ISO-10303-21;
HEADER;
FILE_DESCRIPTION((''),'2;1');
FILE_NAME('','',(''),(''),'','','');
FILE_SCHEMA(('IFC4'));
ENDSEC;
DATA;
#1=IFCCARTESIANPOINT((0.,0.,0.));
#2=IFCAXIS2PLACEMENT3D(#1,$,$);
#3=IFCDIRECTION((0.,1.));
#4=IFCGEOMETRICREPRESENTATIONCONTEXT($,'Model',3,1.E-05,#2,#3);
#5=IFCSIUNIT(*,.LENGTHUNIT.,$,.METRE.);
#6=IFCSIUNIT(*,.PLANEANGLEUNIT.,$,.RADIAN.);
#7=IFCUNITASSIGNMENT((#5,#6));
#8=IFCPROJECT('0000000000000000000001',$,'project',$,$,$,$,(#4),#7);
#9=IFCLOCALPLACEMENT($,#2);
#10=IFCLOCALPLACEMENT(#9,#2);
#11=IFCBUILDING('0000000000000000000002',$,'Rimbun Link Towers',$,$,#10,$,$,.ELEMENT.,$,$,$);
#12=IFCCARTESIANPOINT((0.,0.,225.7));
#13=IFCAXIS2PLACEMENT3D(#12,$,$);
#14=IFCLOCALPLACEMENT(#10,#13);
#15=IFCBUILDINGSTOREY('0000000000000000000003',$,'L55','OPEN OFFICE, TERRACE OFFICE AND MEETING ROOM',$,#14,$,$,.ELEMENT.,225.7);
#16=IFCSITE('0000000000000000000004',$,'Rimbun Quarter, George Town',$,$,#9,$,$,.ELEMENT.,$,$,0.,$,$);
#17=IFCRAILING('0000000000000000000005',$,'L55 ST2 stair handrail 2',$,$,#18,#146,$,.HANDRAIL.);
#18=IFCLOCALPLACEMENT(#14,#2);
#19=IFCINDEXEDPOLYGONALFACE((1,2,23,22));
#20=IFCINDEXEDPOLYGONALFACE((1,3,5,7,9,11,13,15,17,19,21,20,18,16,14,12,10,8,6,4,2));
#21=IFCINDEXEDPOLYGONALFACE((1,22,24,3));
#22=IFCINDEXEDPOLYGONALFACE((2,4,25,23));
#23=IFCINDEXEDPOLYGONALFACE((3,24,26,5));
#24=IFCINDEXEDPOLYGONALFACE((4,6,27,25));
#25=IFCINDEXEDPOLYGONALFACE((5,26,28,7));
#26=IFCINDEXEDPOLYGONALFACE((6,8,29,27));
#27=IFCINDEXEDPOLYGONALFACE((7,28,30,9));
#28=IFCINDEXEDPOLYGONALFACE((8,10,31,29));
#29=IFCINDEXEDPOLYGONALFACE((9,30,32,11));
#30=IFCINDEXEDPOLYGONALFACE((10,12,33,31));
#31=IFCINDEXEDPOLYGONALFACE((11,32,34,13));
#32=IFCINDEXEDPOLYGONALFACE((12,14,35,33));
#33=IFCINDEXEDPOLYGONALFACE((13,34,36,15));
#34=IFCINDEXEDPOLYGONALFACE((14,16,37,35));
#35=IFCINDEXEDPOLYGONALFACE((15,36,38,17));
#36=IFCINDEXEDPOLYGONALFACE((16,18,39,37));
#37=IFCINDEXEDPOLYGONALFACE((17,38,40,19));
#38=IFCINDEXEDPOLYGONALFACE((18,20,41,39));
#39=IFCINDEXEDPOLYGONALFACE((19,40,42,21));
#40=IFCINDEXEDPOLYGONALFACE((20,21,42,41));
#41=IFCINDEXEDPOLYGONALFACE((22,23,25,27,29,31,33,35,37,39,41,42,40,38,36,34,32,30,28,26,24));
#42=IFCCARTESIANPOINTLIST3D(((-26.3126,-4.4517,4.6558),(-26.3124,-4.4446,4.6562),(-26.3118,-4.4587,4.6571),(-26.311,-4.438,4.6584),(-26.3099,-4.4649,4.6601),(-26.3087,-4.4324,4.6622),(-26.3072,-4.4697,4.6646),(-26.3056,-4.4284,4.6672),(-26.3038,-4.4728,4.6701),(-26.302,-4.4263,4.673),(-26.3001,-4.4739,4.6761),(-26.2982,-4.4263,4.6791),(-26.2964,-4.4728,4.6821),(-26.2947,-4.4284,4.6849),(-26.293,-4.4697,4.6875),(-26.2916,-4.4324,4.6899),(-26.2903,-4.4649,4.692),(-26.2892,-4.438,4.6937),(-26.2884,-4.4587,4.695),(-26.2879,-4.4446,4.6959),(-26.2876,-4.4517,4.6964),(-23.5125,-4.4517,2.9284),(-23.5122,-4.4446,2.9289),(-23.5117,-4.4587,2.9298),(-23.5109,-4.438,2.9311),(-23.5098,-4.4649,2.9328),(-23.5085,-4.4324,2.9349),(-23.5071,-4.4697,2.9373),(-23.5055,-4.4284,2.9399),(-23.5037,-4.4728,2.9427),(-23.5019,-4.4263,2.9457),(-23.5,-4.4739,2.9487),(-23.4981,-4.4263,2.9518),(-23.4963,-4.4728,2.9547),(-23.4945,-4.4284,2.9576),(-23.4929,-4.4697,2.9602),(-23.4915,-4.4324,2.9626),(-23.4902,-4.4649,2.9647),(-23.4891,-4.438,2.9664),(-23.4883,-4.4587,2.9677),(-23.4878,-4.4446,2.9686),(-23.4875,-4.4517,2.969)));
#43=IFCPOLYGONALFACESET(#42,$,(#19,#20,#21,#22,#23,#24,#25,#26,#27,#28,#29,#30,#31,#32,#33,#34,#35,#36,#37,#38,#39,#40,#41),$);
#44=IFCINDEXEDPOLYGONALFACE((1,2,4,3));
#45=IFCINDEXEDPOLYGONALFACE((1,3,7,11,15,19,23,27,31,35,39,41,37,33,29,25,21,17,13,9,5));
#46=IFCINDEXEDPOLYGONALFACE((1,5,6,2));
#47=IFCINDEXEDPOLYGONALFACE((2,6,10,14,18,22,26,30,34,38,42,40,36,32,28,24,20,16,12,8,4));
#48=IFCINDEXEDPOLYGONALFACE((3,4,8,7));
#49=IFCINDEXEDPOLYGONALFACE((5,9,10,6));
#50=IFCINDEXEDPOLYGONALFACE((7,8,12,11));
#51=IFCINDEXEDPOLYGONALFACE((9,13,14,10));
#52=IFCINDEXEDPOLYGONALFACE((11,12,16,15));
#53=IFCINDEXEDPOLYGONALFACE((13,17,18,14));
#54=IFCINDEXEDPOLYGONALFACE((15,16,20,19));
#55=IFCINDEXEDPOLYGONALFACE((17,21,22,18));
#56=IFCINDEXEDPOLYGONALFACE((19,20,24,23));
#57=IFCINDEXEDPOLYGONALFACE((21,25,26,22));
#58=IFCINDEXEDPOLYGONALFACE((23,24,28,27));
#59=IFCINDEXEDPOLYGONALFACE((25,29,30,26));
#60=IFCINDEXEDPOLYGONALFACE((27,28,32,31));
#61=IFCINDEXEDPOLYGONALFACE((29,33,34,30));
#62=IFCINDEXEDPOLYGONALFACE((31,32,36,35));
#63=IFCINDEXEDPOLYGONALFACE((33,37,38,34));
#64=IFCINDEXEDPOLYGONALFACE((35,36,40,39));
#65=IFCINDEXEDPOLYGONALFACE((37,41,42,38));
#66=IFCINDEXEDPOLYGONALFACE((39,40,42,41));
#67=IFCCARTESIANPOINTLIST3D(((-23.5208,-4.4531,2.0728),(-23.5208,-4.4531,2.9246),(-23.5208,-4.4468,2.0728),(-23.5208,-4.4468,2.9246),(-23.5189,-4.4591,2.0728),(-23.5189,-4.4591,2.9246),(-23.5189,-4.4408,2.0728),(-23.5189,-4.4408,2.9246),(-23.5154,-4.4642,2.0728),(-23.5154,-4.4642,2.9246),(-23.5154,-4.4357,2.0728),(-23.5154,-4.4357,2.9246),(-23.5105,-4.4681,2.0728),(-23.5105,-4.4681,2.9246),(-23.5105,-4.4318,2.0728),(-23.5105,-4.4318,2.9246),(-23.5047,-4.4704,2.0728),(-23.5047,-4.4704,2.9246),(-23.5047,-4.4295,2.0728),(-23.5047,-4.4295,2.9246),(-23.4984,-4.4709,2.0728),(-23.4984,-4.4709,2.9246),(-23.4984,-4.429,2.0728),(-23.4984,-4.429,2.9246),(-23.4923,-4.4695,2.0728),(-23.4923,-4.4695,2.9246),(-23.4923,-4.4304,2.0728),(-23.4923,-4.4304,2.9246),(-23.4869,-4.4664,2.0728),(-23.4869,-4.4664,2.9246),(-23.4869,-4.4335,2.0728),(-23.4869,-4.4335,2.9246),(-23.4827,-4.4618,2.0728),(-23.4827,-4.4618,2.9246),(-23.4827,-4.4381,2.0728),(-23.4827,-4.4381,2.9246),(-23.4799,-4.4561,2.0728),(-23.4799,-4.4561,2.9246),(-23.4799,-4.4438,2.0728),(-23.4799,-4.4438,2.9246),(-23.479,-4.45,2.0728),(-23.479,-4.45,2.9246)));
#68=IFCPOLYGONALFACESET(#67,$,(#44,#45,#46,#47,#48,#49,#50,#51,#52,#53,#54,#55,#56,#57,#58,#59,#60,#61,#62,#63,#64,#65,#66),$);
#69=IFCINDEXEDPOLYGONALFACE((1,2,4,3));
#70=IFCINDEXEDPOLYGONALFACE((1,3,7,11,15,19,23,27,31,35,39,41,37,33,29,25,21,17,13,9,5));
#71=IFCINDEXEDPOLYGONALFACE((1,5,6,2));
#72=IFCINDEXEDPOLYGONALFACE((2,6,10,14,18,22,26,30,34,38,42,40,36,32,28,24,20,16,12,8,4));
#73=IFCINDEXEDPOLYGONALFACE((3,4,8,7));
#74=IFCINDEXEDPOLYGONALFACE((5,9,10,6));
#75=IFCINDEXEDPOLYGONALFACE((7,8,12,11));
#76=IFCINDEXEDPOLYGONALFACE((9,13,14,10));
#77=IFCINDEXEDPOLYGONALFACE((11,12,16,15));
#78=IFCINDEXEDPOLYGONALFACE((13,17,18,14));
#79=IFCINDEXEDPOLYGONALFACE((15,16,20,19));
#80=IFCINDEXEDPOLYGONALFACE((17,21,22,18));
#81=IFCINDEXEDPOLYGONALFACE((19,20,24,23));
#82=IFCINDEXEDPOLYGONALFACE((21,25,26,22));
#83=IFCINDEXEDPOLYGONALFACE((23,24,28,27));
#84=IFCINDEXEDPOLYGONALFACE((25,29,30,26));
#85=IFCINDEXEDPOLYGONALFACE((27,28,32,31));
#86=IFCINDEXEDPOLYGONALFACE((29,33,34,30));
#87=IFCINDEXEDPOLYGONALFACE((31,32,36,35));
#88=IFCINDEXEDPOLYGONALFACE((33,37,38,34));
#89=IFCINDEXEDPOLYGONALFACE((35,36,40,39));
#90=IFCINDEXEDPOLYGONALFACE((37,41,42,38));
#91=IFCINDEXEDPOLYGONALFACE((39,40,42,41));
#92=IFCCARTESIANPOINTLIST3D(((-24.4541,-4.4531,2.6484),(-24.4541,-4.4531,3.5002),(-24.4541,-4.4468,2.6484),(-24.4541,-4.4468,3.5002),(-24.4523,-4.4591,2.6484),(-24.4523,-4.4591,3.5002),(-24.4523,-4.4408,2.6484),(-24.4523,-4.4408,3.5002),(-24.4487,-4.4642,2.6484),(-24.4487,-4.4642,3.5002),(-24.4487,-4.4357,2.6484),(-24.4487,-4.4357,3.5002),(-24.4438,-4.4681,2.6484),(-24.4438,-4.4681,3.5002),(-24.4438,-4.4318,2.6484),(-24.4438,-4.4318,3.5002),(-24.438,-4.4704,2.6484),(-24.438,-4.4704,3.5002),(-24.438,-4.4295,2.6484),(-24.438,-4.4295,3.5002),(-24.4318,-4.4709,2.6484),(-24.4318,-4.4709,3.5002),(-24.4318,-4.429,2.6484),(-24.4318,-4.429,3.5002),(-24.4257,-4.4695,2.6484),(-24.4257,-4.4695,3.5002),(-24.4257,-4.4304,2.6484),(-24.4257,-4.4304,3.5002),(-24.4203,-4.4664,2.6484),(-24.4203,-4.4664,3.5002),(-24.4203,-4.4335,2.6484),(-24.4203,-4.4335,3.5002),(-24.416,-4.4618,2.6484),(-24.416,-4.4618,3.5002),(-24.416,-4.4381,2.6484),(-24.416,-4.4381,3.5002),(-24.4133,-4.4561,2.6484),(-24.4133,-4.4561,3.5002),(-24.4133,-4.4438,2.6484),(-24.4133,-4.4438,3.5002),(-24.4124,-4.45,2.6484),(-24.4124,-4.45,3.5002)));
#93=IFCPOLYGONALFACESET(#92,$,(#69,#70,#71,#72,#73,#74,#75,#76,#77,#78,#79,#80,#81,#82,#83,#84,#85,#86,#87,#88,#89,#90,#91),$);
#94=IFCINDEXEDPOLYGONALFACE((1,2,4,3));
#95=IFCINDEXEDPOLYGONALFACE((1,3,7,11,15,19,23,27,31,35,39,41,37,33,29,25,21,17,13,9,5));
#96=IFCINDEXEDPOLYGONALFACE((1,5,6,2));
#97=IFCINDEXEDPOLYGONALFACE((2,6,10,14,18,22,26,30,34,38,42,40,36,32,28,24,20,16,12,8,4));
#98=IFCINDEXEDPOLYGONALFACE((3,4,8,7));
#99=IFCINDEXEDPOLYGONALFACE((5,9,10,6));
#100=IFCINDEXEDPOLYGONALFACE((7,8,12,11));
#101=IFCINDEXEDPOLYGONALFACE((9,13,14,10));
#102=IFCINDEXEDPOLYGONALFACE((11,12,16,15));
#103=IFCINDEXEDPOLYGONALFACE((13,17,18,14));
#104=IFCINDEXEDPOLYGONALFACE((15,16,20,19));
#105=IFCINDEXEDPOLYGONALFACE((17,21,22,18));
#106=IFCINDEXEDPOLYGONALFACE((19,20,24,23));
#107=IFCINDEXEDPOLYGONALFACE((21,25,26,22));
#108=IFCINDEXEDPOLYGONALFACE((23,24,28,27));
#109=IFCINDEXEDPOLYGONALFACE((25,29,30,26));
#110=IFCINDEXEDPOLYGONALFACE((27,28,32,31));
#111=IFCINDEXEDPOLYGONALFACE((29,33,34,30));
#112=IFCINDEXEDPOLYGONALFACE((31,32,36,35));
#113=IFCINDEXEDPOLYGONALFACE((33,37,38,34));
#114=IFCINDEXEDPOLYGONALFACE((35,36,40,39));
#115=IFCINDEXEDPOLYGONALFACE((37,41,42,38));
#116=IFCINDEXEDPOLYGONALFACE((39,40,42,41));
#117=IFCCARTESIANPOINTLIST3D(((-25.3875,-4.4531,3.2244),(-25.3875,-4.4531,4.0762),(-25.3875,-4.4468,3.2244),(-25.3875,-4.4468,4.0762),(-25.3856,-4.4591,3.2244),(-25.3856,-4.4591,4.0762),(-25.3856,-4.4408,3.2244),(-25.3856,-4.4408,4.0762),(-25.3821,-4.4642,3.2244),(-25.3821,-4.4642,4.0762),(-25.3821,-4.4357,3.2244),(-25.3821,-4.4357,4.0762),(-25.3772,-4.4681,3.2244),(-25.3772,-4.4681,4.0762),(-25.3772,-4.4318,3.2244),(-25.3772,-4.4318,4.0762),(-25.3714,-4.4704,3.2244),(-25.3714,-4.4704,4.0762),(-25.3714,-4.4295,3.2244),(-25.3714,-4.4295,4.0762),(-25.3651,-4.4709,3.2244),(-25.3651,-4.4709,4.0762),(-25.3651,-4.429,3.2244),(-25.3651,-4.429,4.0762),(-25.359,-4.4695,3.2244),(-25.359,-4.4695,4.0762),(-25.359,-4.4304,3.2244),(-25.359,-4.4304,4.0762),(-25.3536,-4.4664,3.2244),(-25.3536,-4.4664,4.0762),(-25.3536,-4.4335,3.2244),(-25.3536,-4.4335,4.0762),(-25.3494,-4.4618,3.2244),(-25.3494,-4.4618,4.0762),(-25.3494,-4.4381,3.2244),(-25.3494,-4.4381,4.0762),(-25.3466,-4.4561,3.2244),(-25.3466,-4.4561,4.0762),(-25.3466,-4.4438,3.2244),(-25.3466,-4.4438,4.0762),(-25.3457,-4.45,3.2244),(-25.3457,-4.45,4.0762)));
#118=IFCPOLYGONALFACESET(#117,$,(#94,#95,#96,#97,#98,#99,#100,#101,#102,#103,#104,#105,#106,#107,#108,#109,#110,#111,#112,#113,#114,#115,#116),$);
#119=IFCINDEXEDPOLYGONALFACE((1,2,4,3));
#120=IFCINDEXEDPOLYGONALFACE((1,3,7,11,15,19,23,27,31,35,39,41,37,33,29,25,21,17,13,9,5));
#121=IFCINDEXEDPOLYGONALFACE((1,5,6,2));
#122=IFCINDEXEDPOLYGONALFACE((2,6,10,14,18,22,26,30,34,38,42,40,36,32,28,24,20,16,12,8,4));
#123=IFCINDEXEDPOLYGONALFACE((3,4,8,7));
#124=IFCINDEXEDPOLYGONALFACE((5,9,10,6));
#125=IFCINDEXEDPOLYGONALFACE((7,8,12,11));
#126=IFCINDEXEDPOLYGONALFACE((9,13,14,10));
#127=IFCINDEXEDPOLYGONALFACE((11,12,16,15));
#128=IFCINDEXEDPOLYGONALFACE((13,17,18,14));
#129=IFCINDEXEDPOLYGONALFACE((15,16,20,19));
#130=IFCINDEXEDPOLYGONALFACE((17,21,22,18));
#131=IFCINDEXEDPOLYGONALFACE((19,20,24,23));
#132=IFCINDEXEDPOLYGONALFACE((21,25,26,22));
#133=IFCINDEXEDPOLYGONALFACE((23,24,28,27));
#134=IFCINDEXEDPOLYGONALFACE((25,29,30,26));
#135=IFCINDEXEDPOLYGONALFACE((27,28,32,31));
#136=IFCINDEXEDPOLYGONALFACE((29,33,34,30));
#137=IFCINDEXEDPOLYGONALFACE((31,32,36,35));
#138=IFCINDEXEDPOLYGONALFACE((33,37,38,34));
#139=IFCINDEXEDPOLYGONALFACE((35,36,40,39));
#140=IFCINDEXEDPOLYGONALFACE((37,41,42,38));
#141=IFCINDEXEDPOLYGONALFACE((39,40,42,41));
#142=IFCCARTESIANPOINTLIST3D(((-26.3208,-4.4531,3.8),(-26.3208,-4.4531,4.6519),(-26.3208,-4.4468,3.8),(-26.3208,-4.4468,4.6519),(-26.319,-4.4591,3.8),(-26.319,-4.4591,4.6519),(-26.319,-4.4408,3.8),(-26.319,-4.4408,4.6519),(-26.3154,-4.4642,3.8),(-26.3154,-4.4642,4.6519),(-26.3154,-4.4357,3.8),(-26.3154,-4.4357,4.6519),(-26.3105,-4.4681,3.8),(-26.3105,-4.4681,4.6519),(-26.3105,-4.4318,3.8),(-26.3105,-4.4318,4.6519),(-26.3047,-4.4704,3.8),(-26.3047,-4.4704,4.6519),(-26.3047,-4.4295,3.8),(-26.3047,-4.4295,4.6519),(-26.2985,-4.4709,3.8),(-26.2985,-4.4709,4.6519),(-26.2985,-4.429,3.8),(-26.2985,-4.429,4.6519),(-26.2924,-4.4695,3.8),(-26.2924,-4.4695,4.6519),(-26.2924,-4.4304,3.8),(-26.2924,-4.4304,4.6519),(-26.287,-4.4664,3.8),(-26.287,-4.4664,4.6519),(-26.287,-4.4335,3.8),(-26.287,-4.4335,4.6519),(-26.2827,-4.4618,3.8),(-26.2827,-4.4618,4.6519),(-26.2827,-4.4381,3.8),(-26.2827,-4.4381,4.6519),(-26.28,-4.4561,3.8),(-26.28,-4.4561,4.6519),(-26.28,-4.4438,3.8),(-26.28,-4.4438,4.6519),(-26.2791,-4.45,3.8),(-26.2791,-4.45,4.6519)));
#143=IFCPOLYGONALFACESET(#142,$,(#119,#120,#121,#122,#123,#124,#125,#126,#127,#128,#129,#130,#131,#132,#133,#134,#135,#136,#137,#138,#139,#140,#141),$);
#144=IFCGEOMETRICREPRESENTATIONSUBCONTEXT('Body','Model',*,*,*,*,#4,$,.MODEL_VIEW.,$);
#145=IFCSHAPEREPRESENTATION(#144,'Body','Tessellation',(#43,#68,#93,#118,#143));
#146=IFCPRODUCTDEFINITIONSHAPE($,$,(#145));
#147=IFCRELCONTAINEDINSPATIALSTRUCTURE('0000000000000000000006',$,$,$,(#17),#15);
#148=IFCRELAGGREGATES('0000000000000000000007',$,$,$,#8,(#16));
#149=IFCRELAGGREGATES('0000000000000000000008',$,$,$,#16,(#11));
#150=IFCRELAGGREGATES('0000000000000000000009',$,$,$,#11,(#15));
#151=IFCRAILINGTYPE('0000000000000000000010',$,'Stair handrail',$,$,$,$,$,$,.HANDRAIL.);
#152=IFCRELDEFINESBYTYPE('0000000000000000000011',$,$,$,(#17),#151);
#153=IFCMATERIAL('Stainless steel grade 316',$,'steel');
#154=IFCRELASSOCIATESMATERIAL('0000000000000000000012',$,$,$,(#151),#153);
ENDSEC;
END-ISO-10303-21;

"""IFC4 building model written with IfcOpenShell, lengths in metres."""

from ifc_helpers import new_model, si_unit, direction, frame, origin, origin_2d, place, context, subcontext, project, spatial, circle, extrude, material, type_object, element, save


model = new_model("IFC4")

# Units and contexts
model_context = context("Model", 3, precision=1e-05, world=origin(), true_north=direction((0.0, 1.0)))
body_context = subcontext(model_context, "Body", "Model", "MODEL_VIEW")
ifc_project = project(units=[si_unit("LENGTHUNIT", "METRE"), si_unit("PLANEANGLEUNIT", "RADIAN")], contexts=[model_context])

# Site, building, storey
site_placement = place(None, origin())
site = spatial("IfcSite", under=ifc_project, at=site_placement, Name="Rimbun Quarter, George Town", CompositionType="ELEMENT", RefElevation=0.0)
building_placement = place(site_placement, origin())
building = spatial("IfcBuilding", under=site, at=building_placement, Name="Rimbun Link Towers", CompositionType="ELEMENT")
storey_placement = place(building_placement, frame((0.0, 0.0, 225.7)))
storey = spatial("IfcBuildingStorey", under=building, at=storey_placement, Name="L55", Description="OPEN OFFICE, TERRACE OFFICE AND MEETING ROOM", CompositionType="ELEMENT", Elevation=225.7)

# Railing
ifc_material_1 = material(Name="Stainless steel grade 316", Category="steel")
railing_type_1 = type_object("IfcRailingType", Name="Stair handrail", PredefinedType="HANDRAIL", material=ifc_material_1)
railing_1_placement = place(storey_placement, frame((-23.5, -4.45, 2.0728)))
element("IfcRailing", 1, at=railing_1_placement, inside=storey, type_object=railing_type_1, Name="L55 ST2 stair handrail 2", PredefinedType="HANDRAIL", context=body_context, shape_type="SweptSolid", body=[
    extrude(circle(Radius=0.0239, at=origin_2d()), frame((0.0, 0.0, 0.876), z_axis=(-0.85109, 0.0, 0.52502), x_axis=(0.0, -1.0, 0.0)), (0.0, 0.0, 1.0), 3.29),
    extrude(circle(Radius=0.021, at=origin_2d()), origin(), (0.0, 0.0, 1.0), 0.8518),
    extrude(circle(Radius=0.021, at=origin_2d()), frame((-0.9333, 0.0, 0.5757)), (0.0, 0.0, 1.0), 0.8518),
    extrude(circle(Radius=0.021, at=origin_2d()), frame((-1.8667, 0.0, 1.1516)), (0.0, 0.0, 1.0), 0.8518),
    extrude(circle(Radius=0.021, at=origin_2d()), frame((-2.8, 0.0, 1.7273)), (0.0, 0.0, 1.0), 0.8518),
])

save(model, "model.ifc")
